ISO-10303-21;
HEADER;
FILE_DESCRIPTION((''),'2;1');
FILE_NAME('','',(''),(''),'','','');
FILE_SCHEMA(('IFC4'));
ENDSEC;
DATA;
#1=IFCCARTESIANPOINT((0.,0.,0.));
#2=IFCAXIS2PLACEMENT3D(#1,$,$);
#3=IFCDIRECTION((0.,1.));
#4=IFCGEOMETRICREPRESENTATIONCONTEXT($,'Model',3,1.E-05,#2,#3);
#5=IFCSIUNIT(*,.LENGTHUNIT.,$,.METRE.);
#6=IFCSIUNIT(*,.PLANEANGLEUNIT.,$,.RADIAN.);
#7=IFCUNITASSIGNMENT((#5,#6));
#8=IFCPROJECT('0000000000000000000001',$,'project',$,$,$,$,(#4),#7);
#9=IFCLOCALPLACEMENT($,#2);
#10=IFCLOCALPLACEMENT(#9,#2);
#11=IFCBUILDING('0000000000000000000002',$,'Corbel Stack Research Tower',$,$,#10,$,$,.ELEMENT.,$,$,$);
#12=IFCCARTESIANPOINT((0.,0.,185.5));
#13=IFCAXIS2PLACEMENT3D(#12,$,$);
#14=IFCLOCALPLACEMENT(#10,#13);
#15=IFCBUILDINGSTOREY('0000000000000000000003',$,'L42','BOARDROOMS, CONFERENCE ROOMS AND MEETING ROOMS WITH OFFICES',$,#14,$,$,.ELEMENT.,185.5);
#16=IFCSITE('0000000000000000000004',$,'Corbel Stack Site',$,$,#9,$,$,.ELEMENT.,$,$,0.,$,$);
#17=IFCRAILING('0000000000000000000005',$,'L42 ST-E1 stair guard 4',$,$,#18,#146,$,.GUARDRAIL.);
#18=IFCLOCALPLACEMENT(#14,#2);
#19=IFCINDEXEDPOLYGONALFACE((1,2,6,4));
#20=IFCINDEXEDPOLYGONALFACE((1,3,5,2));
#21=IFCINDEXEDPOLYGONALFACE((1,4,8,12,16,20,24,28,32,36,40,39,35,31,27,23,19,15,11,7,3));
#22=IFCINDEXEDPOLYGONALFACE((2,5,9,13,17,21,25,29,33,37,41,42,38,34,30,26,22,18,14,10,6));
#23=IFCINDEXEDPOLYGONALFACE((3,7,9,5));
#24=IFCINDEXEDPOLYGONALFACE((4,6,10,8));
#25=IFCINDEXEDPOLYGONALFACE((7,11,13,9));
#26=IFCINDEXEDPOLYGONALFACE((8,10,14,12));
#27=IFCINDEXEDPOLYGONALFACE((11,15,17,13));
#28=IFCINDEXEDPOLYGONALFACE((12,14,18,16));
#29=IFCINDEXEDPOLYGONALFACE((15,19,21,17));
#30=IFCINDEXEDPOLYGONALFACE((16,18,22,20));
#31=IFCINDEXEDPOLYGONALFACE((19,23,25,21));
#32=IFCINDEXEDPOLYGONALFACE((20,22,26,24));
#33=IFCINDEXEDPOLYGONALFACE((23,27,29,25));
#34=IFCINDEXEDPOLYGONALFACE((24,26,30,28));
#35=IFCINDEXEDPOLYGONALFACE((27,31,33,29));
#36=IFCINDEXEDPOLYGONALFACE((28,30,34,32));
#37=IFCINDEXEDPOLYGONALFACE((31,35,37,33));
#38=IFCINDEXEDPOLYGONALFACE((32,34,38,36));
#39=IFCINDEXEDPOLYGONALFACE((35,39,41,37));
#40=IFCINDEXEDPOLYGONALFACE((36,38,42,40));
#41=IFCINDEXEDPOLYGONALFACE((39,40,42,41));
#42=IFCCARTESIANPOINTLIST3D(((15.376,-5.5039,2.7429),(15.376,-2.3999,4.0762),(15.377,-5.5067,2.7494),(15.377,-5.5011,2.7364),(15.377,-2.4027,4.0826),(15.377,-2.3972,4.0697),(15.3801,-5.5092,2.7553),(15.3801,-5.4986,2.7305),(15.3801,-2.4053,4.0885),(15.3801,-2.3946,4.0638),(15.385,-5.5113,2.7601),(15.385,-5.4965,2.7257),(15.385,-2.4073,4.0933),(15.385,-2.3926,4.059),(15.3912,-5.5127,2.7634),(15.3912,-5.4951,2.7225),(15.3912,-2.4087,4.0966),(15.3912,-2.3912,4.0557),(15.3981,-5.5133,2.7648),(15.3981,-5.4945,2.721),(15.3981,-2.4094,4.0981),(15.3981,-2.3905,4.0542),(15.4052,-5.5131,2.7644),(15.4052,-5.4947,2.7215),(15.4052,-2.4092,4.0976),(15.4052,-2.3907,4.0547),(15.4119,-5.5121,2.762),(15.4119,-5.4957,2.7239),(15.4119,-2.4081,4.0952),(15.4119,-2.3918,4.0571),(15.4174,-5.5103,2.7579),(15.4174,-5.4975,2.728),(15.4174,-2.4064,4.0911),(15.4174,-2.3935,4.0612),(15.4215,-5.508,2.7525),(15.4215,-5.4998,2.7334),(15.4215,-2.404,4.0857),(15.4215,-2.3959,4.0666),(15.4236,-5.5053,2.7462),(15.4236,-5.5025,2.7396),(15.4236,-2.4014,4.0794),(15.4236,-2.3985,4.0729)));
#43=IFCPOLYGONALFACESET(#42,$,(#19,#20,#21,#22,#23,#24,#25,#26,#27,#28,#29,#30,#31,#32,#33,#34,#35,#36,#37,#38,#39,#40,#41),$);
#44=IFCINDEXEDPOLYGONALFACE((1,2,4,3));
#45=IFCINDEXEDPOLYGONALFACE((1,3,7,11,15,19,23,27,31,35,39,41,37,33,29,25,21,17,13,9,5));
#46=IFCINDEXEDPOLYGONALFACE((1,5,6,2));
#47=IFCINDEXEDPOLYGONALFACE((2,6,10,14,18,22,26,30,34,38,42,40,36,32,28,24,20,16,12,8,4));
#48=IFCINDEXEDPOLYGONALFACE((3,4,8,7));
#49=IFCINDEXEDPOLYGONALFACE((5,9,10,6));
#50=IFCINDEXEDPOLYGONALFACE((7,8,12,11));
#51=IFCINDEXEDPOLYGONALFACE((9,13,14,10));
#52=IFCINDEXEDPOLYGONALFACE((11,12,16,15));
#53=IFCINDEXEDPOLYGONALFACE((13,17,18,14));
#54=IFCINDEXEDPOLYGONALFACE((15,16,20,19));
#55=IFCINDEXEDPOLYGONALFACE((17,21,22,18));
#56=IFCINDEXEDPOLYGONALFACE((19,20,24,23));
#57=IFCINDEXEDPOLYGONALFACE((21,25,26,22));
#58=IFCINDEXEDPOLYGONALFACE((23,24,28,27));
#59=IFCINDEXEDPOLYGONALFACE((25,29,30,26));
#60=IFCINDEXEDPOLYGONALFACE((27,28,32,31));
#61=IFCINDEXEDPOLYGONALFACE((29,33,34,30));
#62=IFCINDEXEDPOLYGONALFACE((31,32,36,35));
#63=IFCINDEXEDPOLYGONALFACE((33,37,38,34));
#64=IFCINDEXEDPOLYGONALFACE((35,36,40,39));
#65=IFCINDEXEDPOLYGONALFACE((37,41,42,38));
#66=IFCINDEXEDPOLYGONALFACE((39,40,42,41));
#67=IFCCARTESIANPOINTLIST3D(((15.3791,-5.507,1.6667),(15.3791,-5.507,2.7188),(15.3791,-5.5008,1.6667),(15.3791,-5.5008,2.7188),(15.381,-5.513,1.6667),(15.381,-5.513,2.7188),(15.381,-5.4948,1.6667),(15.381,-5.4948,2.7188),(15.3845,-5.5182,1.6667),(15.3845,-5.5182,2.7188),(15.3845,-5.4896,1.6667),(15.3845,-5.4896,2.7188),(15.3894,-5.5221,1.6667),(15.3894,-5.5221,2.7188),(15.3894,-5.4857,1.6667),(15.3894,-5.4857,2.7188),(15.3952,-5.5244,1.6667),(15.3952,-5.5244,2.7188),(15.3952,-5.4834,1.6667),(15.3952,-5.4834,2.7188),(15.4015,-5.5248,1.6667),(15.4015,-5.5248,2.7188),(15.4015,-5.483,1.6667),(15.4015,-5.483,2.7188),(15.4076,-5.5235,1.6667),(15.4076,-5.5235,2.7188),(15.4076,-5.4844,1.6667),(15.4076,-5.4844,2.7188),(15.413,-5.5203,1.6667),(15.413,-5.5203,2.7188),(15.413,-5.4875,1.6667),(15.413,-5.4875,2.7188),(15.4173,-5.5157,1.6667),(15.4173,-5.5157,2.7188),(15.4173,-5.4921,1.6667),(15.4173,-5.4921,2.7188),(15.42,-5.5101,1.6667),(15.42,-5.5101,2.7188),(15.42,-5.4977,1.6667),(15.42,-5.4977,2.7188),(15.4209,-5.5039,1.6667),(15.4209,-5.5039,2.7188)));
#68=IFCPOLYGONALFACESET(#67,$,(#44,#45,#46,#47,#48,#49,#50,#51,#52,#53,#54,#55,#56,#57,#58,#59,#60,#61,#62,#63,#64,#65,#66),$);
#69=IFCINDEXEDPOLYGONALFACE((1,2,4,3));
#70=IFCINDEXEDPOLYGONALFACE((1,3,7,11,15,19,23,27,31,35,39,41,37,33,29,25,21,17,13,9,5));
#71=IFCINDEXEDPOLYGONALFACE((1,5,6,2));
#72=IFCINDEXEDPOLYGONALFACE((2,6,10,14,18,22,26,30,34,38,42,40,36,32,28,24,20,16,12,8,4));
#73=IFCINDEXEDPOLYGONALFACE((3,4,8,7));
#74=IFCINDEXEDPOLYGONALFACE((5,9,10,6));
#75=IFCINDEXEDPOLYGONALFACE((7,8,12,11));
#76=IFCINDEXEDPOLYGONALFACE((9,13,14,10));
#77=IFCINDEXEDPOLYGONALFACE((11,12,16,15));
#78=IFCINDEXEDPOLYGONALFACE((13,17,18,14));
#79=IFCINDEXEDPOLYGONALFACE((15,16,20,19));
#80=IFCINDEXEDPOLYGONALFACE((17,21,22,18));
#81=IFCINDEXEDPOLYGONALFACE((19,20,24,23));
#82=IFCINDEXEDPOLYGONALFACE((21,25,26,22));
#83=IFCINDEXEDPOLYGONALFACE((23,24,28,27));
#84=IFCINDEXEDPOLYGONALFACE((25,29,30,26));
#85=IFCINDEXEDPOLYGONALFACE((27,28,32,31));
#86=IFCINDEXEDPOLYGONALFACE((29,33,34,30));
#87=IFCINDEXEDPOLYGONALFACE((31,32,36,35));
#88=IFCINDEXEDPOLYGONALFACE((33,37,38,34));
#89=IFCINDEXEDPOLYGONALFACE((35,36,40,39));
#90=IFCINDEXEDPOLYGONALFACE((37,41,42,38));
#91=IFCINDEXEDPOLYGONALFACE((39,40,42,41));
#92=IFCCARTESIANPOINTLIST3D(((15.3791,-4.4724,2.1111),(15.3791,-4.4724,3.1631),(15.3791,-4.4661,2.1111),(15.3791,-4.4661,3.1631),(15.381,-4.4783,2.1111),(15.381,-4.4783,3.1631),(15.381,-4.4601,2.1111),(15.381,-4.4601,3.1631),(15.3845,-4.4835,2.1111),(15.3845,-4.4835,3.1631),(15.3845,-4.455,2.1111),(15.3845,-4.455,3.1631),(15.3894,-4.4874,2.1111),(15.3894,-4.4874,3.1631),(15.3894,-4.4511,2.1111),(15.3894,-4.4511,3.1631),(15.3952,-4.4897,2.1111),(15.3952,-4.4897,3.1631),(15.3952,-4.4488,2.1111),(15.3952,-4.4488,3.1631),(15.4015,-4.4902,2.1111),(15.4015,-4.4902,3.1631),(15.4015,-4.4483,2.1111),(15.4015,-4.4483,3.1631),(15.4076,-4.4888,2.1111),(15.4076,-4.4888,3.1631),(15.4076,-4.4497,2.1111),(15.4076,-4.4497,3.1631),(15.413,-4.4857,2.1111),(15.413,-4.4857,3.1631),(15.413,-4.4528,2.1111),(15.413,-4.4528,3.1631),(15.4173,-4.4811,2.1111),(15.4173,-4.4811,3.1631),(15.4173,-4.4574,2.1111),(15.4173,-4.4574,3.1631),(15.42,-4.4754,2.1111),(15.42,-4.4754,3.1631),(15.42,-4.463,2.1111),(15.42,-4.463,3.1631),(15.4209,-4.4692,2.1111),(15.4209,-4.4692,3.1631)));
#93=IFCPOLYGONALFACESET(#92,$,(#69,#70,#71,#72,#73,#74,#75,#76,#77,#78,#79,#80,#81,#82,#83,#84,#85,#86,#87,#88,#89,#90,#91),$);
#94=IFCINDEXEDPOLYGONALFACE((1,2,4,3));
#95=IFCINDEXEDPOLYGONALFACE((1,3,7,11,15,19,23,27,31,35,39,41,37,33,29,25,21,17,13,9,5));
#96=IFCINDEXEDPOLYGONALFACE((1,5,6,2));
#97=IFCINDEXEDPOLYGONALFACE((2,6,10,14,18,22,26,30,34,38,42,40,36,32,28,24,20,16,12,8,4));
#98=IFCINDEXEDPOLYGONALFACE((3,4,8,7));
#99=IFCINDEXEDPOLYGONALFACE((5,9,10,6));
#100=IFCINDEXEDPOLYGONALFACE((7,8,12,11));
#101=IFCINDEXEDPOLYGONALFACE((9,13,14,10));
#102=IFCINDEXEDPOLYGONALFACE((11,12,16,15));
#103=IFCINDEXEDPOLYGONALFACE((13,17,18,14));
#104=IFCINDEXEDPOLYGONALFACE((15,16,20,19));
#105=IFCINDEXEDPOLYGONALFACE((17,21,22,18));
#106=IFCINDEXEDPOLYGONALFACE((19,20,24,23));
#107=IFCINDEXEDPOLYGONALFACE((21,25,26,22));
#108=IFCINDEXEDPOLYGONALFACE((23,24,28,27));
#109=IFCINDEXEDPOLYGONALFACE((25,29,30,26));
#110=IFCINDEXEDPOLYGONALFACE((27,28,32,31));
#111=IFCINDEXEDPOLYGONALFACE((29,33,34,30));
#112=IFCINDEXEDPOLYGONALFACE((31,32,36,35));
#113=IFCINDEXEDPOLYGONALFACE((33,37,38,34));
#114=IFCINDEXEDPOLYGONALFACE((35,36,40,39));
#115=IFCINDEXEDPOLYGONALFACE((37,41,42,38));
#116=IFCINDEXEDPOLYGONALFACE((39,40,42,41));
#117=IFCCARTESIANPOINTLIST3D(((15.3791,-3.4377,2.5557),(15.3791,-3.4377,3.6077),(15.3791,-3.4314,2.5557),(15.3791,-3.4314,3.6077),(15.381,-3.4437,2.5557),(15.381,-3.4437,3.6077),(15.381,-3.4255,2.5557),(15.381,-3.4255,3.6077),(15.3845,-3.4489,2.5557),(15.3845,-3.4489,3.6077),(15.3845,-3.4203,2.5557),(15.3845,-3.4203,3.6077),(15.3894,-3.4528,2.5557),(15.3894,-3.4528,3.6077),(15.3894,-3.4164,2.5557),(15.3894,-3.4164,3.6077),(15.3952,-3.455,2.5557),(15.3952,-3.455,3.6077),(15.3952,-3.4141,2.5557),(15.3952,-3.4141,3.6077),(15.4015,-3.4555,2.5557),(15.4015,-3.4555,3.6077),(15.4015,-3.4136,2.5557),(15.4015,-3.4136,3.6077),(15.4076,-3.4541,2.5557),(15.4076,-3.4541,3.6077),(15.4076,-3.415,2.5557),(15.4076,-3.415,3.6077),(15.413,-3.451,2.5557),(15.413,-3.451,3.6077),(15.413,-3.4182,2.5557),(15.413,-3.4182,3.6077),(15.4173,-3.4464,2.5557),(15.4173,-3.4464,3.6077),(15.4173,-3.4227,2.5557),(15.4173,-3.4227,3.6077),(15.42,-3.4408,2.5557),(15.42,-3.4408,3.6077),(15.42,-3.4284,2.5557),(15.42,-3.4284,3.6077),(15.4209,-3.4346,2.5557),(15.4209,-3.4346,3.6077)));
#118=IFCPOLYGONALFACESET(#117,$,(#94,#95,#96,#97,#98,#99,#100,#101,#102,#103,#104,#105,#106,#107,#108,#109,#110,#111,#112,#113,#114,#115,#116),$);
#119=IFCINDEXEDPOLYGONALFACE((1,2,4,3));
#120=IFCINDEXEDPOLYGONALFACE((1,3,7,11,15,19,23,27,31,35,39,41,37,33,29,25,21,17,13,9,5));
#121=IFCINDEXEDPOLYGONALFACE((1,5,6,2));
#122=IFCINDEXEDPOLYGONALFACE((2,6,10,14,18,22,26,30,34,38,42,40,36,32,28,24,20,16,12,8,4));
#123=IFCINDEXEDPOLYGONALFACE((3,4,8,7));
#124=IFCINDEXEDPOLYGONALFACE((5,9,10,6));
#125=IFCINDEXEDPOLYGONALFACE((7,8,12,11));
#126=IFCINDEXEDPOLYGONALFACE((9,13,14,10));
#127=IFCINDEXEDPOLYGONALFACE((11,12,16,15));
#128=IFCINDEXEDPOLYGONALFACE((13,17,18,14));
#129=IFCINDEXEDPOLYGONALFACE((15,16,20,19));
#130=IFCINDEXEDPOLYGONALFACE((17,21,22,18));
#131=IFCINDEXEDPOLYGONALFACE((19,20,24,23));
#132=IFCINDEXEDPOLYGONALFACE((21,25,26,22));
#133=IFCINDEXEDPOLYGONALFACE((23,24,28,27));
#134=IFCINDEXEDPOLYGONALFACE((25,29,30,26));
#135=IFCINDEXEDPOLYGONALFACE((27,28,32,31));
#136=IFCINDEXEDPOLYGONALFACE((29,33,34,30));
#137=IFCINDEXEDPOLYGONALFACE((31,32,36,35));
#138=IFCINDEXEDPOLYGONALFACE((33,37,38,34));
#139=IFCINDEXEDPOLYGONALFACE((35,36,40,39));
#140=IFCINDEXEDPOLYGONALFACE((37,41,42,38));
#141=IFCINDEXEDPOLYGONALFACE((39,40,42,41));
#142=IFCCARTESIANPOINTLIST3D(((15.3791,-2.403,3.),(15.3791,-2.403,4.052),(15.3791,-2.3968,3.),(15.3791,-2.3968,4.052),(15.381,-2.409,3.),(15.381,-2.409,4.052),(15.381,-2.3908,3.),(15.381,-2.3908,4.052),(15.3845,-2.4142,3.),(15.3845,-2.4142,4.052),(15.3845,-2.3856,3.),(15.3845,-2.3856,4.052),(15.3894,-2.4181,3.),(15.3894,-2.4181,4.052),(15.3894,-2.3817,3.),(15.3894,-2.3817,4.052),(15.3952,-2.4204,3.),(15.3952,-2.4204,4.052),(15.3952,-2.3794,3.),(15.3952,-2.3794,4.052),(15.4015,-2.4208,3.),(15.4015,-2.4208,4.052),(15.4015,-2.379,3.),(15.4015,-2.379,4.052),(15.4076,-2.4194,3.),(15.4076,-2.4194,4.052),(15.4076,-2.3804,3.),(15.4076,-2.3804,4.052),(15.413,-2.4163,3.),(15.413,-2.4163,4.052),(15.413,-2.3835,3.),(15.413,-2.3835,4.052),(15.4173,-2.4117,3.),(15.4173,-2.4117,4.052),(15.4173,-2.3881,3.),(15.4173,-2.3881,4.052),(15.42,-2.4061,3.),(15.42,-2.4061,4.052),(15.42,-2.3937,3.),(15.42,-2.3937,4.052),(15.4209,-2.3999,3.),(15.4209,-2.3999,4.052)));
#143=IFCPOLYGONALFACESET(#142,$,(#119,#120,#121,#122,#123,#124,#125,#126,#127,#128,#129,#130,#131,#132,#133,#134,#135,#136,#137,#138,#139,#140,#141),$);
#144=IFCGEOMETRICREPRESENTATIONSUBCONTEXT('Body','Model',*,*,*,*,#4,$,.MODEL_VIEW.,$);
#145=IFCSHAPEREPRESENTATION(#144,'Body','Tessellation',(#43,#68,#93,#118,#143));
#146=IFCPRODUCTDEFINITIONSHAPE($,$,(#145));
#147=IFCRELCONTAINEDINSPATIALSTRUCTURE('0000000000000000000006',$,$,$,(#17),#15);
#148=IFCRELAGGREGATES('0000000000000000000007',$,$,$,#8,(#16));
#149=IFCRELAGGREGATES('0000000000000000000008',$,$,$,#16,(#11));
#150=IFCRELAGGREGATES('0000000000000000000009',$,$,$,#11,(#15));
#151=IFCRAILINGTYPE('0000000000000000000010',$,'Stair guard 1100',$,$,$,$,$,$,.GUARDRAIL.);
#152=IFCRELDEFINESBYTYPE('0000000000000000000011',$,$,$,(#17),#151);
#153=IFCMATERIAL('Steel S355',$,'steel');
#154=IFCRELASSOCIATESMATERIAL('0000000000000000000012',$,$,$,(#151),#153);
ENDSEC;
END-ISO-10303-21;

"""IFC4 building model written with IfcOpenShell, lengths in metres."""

from ifc_helpers import new_model, si_unit, direction, frame, origin, origin_2d, place, context, subcontext, project, spatial, circle, extrude, material, type_object, element, save


model = new_model("IFC4")

# Units and contexts
model_context = context("Model", 3, precision=1e-05, world=origin(), true_north=direction((0.0, 1.0)))
body_context = subcontext(model_context, "Body", "Model", "MODEL_VIEW")
ifc_project = project(units=[si_unit("LENGTHUNIT", "METRE"), si_unit("PLANEANGLEUNIT", "RADIAN")], contexts=[model_context])

# Site, building, storey
site_placement = place(None, origin())
site = spatial("IfcSite", under=ifc_project, at=site_placement, Name="Corbel Stack Site", CompositionType="ELEMENT", RefElevation=0.0)
building_placement = place(site_placement, origin())
building = spatial("IfcBuilding", under=site, at=building_placement, Name="Corbel Stack Research Tower", CompositionType="ELEMENT")
storey_placement = place(building_placement, frame((0.0, 0.0, 185.5)))
storey = spatial("IfcBuildingStorey", under=building, at=storey_placement, Name="L42", Description="BOARDROOMS, CONFERENCE ROOMS AND MEETING ROOMS WITH OFFICES", CompositionType="ELEMENT", Elevation=185.5)

# Railing
ifc_material_1 = material(Name="Steel S355", Category="steel")
railing_type_1 = type_object("IfcRailingType", Name="Stair guard 1100", PredefinedType="GUARDRAIL", material=ifc_material_1)
railing_1_placement = place(storey_placement, frame((15.3999, -5.5039, 1.6667)))
element("IfcRailing", 1, at=railing_1_placement, inside=storey, type_object=railing_type_1, Name="L42 ST-E1 stair guard 4", PredefinedType="GUARDRAIL", context=body_context, shape_type="SweptSolid", body=[
    extrude(circle(Radius=0.0239, at=origin_2d()), frame((0.0, 0.0, 1.0762), z_axis=(0.0, 0.918827, 0.394661), x_axis=(-1.0, 0.0, 0.0)), (0.0, 0.0, 1.0), 3.3782),
    extrude(circle(Radius=0.021, at=origin_2d()), origin(), (0.0, 0.0, 1.0), 1.052),
    extrude(circle(Radius=0.021, at=origin_2d()), frame((0.0, 1.0347, 0.4443)), (0.0, 0.0, 1.0), 1.052),
    extrude(circle(Radius=0.021, at=origin_2d()), frame((0.0, 2.0693, 0.8889)), (0.0, 0.0, 1.0), 1.052),
    extrude(circle(Radius=0.021, at=origin_2d()), frame((0.0, 3.104, 1.3333)), (0.0, 0.0, 1.0), 1.052),
])

save(model, "model.ifc")
